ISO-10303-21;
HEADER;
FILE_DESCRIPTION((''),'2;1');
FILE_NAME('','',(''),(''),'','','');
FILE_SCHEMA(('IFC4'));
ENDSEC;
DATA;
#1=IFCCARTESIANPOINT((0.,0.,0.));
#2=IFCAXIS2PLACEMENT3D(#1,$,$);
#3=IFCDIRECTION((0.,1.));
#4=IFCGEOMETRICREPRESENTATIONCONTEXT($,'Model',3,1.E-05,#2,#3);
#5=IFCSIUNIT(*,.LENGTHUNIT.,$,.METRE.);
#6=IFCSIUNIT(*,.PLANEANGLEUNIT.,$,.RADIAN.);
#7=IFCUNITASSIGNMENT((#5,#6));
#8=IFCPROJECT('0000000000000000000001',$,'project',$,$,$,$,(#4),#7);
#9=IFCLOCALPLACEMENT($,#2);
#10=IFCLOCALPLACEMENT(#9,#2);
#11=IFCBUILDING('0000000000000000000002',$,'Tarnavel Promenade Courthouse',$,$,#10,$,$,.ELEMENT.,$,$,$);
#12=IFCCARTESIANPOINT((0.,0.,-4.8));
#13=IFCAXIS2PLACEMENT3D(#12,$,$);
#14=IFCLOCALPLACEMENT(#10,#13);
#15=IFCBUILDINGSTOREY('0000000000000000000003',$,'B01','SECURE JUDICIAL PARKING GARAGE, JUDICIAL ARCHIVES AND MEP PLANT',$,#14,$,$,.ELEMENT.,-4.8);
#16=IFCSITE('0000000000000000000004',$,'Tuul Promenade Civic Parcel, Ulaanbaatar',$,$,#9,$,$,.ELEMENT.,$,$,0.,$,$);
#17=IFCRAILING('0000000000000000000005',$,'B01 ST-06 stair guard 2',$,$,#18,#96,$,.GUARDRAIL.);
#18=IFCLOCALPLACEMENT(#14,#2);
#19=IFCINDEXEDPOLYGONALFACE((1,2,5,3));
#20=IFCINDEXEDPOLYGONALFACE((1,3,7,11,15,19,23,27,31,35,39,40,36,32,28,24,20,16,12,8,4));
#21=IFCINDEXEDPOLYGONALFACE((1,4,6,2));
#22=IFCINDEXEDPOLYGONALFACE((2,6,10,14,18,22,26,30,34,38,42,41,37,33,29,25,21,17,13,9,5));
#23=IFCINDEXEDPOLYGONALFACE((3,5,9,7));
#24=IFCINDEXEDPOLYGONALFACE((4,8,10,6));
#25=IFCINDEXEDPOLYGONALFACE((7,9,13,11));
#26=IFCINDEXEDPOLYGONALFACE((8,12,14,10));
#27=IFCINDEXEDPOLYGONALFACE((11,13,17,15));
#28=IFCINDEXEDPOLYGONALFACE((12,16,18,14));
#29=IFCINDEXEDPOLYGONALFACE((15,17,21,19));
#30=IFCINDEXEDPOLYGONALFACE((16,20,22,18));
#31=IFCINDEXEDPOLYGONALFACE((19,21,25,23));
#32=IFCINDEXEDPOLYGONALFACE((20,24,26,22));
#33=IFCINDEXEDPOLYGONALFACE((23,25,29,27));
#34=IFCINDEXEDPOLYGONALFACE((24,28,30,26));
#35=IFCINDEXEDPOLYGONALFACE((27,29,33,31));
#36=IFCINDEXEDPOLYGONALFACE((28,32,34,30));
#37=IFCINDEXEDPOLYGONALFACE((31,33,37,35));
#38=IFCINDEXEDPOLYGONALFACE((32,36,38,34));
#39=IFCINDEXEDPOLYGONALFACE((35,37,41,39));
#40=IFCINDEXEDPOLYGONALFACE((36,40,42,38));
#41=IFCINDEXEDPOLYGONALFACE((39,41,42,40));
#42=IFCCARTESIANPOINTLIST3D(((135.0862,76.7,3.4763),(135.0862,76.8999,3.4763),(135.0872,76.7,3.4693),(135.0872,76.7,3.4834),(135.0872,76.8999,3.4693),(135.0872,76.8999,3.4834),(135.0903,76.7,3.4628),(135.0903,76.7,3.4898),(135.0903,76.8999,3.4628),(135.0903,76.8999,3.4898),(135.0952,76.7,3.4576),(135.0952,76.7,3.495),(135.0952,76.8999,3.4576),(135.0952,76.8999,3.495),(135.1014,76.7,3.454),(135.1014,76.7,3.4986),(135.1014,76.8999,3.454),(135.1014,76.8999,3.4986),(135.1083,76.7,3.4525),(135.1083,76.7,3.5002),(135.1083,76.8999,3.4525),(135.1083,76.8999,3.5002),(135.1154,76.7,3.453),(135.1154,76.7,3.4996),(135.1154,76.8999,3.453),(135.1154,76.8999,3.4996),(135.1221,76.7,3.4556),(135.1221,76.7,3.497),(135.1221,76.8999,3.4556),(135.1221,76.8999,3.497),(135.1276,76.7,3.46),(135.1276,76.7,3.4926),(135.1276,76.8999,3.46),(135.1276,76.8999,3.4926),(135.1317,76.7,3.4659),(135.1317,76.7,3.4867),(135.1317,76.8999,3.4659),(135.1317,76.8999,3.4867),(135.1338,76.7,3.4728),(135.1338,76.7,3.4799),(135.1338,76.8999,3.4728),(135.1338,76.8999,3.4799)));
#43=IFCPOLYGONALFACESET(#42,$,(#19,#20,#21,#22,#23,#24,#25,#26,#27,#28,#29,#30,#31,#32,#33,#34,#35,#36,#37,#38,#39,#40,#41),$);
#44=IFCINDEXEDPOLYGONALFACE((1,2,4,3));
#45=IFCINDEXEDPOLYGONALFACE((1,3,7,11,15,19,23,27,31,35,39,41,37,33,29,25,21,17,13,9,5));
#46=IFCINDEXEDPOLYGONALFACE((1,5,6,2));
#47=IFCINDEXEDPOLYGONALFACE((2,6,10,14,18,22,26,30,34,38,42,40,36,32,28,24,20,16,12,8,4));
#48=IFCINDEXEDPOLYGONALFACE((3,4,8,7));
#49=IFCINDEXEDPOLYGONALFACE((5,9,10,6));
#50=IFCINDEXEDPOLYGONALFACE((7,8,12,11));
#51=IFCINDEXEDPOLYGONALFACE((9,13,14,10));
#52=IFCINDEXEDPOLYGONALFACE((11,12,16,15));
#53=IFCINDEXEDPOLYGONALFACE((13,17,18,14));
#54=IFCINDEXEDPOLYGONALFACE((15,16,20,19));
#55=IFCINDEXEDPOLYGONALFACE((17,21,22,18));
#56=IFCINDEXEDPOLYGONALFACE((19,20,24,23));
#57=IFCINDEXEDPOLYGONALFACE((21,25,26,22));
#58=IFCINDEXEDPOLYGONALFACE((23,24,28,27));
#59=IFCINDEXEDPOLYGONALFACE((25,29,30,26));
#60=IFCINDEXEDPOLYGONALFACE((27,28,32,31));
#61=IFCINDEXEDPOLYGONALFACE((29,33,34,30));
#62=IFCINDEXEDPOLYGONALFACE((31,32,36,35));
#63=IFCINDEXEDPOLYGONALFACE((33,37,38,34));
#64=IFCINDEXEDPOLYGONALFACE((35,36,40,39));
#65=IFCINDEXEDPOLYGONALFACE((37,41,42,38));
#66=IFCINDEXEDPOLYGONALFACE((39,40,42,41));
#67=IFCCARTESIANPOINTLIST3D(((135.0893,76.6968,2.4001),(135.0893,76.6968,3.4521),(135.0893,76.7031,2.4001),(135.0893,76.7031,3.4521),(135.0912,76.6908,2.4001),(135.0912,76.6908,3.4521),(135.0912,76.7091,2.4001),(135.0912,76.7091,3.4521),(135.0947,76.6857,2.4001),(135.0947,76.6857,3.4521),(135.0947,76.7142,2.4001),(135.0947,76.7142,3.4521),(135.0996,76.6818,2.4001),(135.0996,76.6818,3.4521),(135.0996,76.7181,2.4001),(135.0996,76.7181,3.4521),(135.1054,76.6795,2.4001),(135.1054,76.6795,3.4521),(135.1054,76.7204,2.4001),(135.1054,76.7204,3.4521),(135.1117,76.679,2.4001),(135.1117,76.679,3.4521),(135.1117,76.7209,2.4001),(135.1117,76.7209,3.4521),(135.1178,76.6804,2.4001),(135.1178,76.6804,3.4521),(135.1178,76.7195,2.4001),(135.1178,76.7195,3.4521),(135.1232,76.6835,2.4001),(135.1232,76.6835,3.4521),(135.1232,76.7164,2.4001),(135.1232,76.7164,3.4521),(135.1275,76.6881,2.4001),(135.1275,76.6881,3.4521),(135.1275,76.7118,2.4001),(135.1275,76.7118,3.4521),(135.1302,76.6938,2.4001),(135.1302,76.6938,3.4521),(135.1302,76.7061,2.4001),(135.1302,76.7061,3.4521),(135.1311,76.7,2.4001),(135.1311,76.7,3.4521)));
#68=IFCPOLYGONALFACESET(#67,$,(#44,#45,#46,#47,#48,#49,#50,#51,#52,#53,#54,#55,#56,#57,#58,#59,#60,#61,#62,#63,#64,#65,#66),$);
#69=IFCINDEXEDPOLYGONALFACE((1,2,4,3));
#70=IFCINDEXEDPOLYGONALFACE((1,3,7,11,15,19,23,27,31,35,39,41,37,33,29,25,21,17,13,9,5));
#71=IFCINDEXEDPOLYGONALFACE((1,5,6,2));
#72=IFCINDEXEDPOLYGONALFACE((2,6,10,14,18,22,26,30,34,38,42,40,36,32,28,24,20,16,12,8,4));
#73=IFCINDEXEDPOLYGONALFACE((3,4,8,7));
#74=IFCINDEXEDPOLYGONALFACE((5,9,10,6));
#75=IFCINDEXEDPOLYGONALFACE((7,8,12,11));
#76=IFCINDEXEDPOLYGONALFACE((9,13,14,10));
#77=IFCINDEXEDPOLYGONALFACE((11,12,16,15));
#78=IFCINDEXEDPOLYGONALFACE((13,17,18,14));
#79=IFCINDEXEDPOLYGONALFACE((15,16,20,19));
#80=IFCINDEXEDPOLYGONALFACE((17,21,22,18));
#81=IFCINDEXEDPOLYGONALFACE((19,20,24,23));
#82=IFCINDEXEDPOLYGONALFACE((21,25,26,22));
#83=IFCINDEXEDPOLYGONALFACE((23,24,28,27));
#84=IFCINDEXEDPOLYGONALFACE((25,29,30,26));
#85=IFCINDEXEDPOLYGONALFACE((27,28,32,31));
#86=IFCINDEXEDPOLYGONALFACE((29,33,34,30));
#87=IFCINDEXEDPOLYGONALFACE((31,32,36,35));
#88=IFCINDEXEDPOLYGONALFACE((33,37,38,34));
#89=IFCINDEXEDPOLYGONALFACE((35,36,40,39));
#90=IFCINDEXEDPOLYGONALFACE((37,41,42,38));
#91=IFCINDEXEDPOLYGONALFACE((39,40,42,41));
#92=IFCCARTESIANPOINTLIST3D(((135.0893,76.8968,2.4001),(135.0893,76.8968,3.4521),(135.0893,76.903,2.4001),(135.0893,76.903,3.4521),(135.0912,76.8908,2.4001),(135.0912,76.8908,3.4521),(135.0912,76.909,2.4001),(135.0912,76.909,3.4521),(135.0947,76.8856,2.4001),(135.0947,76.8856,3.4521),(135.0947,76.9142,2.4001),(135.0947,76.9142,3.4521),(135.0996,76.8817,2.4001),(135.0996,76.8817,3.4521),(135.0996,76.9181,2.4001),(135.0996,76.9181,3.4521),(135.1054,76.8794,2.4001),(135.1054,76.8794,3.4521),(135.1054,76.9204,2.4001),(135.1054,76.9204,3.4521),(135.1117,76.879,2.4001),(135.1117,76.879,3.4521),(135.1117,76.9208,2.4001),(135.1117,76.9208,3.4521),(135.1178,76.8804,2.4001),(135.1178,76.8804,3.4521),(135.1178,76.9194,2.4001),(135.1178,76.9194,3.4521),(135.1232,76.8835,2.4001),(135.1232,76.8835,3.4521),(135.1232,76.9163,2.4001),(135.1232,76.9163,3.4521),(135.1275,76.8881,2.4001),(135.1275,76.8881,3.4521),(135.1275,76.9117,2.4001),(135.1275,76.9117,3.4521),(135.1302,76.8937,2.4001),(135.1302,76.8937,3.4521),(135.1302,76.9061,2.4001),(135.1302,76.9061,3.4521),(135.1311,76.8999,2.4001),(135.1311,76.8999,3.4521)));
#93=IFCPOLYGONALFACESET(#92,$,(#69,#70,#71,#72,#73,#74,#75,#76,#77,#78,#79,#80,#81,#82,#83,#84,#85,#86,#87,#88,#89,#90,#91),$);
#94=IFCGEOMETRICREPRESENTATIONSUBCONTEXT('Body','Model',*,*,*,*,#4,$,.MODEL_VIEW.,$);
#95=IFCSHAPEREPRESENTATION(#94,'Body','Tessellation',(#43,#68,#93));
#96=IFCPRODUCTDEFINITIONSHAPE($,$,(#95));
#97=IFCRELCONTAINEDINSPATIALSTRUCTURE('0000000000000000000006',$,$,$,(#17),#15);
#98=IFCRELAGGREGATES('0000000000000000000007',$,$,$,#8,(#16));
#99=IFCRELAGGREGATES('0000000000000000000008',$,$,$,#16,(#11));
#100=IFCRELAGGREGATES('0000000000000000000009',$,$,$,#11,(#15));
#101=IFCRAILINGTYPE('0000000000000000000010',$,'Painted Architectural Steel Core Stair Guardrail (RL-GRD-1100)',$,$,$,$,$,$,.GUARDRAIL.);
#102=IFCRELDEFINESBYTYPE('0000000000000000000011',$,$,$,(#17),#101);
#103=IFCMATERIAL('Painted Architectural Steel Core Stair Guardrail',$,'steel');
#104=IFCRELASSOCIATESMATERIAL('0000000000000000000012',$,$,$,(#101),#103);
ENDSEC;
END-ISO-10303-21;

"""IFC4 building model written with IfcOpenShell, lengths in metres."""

from ifc_helpers import new_model, si_unit, direction, frame, origin, origin_2d, place, context, subcontext, project, spatial, circle, extrude, material, type_object, element, save


model = new_model("IFC4")

# Units and contexts
model_context = context("Model", 3, precision=1e-05, world=origin(), true_north=direction((0.0, 1.0)))
body_context = subcontext(model_context, "Body", "Model", "MODEL_VIEW")
ifc_project = project(units=[si_unit("LENGTHUNIT", "METRE"), si_unit("PLANEANGLEUNIT", "RADIAN")], contexts=[model_context])

# Site, building, storey
site_placement = place(None, origin())
site = spatial("IfcSite", under=ifc_project, at=site_placement, Name="Tuul Promenade Civic Parcel, Ulaanbaatar", CompositionType="ELEMENT", RefElevation=0.0)
building_placement = place(site_placement, origin())
building = spatial("IfcBuilding", under=site, at=building_placement, Name="Tarnavel Promenade Courthouse", CompositionType="ELEMENT")
storey_placement = place(building_placement, frame((0.0, 0.0, -4.8)))
storey = spatial("IfcBuildingStorey", under=building, at=storey_placement, Name="B01", Description="SECURE JUDICIAL PARKING GARAGE, JUDICIAL ARCHIVES AND MEP PLANT", CompositionType="ELEMENT", Elevation=-4.8)

# Railing
ifc_material_1 = material(Name="Painted Architectural Steel Core Stair Guardrail", Category="steel")
railing_type_1 = type_object("IfcRailingType", Name="Painted Architectural Steel Core Stair Guardrail (RL-GRD-1100)", PredefinedType="GUARDRAIL", material=ifc_material_1)
railing_1_placement = place(storey_placement, frame((135.1101, 76.7, 2.4001)))
element("IfcRailing", 1, at=railing_1_placement, inside=storey, type_object=railing_type_1, Name="B01 ST-06 stair guard 2", PredefinedType="GUARDRAIL", context=body_context, shape_type="SweptSolid", body=[
    extrude(circle(Radius=0.0239, at=origin_2d()), frame((0.0, 0.0, 1.0762), z_axis=(0.0, 1.0, 0.0), x_axis=(-1.0, 0.0, 0.0)), (0.0, 0.0, 1.0), 0.2),
    extrude(circle(Radius=0.021, at=origin_2d()), origin(), (0.0, 0.0, 1.0), 1.052),
    extrude(circle(Radius=0.021, at=origin_2d()), frame((0.0, 0.2, 0.0)), (0.0, 0.0, 1.0), 1.052),
])

save(model, "model.ifc")
